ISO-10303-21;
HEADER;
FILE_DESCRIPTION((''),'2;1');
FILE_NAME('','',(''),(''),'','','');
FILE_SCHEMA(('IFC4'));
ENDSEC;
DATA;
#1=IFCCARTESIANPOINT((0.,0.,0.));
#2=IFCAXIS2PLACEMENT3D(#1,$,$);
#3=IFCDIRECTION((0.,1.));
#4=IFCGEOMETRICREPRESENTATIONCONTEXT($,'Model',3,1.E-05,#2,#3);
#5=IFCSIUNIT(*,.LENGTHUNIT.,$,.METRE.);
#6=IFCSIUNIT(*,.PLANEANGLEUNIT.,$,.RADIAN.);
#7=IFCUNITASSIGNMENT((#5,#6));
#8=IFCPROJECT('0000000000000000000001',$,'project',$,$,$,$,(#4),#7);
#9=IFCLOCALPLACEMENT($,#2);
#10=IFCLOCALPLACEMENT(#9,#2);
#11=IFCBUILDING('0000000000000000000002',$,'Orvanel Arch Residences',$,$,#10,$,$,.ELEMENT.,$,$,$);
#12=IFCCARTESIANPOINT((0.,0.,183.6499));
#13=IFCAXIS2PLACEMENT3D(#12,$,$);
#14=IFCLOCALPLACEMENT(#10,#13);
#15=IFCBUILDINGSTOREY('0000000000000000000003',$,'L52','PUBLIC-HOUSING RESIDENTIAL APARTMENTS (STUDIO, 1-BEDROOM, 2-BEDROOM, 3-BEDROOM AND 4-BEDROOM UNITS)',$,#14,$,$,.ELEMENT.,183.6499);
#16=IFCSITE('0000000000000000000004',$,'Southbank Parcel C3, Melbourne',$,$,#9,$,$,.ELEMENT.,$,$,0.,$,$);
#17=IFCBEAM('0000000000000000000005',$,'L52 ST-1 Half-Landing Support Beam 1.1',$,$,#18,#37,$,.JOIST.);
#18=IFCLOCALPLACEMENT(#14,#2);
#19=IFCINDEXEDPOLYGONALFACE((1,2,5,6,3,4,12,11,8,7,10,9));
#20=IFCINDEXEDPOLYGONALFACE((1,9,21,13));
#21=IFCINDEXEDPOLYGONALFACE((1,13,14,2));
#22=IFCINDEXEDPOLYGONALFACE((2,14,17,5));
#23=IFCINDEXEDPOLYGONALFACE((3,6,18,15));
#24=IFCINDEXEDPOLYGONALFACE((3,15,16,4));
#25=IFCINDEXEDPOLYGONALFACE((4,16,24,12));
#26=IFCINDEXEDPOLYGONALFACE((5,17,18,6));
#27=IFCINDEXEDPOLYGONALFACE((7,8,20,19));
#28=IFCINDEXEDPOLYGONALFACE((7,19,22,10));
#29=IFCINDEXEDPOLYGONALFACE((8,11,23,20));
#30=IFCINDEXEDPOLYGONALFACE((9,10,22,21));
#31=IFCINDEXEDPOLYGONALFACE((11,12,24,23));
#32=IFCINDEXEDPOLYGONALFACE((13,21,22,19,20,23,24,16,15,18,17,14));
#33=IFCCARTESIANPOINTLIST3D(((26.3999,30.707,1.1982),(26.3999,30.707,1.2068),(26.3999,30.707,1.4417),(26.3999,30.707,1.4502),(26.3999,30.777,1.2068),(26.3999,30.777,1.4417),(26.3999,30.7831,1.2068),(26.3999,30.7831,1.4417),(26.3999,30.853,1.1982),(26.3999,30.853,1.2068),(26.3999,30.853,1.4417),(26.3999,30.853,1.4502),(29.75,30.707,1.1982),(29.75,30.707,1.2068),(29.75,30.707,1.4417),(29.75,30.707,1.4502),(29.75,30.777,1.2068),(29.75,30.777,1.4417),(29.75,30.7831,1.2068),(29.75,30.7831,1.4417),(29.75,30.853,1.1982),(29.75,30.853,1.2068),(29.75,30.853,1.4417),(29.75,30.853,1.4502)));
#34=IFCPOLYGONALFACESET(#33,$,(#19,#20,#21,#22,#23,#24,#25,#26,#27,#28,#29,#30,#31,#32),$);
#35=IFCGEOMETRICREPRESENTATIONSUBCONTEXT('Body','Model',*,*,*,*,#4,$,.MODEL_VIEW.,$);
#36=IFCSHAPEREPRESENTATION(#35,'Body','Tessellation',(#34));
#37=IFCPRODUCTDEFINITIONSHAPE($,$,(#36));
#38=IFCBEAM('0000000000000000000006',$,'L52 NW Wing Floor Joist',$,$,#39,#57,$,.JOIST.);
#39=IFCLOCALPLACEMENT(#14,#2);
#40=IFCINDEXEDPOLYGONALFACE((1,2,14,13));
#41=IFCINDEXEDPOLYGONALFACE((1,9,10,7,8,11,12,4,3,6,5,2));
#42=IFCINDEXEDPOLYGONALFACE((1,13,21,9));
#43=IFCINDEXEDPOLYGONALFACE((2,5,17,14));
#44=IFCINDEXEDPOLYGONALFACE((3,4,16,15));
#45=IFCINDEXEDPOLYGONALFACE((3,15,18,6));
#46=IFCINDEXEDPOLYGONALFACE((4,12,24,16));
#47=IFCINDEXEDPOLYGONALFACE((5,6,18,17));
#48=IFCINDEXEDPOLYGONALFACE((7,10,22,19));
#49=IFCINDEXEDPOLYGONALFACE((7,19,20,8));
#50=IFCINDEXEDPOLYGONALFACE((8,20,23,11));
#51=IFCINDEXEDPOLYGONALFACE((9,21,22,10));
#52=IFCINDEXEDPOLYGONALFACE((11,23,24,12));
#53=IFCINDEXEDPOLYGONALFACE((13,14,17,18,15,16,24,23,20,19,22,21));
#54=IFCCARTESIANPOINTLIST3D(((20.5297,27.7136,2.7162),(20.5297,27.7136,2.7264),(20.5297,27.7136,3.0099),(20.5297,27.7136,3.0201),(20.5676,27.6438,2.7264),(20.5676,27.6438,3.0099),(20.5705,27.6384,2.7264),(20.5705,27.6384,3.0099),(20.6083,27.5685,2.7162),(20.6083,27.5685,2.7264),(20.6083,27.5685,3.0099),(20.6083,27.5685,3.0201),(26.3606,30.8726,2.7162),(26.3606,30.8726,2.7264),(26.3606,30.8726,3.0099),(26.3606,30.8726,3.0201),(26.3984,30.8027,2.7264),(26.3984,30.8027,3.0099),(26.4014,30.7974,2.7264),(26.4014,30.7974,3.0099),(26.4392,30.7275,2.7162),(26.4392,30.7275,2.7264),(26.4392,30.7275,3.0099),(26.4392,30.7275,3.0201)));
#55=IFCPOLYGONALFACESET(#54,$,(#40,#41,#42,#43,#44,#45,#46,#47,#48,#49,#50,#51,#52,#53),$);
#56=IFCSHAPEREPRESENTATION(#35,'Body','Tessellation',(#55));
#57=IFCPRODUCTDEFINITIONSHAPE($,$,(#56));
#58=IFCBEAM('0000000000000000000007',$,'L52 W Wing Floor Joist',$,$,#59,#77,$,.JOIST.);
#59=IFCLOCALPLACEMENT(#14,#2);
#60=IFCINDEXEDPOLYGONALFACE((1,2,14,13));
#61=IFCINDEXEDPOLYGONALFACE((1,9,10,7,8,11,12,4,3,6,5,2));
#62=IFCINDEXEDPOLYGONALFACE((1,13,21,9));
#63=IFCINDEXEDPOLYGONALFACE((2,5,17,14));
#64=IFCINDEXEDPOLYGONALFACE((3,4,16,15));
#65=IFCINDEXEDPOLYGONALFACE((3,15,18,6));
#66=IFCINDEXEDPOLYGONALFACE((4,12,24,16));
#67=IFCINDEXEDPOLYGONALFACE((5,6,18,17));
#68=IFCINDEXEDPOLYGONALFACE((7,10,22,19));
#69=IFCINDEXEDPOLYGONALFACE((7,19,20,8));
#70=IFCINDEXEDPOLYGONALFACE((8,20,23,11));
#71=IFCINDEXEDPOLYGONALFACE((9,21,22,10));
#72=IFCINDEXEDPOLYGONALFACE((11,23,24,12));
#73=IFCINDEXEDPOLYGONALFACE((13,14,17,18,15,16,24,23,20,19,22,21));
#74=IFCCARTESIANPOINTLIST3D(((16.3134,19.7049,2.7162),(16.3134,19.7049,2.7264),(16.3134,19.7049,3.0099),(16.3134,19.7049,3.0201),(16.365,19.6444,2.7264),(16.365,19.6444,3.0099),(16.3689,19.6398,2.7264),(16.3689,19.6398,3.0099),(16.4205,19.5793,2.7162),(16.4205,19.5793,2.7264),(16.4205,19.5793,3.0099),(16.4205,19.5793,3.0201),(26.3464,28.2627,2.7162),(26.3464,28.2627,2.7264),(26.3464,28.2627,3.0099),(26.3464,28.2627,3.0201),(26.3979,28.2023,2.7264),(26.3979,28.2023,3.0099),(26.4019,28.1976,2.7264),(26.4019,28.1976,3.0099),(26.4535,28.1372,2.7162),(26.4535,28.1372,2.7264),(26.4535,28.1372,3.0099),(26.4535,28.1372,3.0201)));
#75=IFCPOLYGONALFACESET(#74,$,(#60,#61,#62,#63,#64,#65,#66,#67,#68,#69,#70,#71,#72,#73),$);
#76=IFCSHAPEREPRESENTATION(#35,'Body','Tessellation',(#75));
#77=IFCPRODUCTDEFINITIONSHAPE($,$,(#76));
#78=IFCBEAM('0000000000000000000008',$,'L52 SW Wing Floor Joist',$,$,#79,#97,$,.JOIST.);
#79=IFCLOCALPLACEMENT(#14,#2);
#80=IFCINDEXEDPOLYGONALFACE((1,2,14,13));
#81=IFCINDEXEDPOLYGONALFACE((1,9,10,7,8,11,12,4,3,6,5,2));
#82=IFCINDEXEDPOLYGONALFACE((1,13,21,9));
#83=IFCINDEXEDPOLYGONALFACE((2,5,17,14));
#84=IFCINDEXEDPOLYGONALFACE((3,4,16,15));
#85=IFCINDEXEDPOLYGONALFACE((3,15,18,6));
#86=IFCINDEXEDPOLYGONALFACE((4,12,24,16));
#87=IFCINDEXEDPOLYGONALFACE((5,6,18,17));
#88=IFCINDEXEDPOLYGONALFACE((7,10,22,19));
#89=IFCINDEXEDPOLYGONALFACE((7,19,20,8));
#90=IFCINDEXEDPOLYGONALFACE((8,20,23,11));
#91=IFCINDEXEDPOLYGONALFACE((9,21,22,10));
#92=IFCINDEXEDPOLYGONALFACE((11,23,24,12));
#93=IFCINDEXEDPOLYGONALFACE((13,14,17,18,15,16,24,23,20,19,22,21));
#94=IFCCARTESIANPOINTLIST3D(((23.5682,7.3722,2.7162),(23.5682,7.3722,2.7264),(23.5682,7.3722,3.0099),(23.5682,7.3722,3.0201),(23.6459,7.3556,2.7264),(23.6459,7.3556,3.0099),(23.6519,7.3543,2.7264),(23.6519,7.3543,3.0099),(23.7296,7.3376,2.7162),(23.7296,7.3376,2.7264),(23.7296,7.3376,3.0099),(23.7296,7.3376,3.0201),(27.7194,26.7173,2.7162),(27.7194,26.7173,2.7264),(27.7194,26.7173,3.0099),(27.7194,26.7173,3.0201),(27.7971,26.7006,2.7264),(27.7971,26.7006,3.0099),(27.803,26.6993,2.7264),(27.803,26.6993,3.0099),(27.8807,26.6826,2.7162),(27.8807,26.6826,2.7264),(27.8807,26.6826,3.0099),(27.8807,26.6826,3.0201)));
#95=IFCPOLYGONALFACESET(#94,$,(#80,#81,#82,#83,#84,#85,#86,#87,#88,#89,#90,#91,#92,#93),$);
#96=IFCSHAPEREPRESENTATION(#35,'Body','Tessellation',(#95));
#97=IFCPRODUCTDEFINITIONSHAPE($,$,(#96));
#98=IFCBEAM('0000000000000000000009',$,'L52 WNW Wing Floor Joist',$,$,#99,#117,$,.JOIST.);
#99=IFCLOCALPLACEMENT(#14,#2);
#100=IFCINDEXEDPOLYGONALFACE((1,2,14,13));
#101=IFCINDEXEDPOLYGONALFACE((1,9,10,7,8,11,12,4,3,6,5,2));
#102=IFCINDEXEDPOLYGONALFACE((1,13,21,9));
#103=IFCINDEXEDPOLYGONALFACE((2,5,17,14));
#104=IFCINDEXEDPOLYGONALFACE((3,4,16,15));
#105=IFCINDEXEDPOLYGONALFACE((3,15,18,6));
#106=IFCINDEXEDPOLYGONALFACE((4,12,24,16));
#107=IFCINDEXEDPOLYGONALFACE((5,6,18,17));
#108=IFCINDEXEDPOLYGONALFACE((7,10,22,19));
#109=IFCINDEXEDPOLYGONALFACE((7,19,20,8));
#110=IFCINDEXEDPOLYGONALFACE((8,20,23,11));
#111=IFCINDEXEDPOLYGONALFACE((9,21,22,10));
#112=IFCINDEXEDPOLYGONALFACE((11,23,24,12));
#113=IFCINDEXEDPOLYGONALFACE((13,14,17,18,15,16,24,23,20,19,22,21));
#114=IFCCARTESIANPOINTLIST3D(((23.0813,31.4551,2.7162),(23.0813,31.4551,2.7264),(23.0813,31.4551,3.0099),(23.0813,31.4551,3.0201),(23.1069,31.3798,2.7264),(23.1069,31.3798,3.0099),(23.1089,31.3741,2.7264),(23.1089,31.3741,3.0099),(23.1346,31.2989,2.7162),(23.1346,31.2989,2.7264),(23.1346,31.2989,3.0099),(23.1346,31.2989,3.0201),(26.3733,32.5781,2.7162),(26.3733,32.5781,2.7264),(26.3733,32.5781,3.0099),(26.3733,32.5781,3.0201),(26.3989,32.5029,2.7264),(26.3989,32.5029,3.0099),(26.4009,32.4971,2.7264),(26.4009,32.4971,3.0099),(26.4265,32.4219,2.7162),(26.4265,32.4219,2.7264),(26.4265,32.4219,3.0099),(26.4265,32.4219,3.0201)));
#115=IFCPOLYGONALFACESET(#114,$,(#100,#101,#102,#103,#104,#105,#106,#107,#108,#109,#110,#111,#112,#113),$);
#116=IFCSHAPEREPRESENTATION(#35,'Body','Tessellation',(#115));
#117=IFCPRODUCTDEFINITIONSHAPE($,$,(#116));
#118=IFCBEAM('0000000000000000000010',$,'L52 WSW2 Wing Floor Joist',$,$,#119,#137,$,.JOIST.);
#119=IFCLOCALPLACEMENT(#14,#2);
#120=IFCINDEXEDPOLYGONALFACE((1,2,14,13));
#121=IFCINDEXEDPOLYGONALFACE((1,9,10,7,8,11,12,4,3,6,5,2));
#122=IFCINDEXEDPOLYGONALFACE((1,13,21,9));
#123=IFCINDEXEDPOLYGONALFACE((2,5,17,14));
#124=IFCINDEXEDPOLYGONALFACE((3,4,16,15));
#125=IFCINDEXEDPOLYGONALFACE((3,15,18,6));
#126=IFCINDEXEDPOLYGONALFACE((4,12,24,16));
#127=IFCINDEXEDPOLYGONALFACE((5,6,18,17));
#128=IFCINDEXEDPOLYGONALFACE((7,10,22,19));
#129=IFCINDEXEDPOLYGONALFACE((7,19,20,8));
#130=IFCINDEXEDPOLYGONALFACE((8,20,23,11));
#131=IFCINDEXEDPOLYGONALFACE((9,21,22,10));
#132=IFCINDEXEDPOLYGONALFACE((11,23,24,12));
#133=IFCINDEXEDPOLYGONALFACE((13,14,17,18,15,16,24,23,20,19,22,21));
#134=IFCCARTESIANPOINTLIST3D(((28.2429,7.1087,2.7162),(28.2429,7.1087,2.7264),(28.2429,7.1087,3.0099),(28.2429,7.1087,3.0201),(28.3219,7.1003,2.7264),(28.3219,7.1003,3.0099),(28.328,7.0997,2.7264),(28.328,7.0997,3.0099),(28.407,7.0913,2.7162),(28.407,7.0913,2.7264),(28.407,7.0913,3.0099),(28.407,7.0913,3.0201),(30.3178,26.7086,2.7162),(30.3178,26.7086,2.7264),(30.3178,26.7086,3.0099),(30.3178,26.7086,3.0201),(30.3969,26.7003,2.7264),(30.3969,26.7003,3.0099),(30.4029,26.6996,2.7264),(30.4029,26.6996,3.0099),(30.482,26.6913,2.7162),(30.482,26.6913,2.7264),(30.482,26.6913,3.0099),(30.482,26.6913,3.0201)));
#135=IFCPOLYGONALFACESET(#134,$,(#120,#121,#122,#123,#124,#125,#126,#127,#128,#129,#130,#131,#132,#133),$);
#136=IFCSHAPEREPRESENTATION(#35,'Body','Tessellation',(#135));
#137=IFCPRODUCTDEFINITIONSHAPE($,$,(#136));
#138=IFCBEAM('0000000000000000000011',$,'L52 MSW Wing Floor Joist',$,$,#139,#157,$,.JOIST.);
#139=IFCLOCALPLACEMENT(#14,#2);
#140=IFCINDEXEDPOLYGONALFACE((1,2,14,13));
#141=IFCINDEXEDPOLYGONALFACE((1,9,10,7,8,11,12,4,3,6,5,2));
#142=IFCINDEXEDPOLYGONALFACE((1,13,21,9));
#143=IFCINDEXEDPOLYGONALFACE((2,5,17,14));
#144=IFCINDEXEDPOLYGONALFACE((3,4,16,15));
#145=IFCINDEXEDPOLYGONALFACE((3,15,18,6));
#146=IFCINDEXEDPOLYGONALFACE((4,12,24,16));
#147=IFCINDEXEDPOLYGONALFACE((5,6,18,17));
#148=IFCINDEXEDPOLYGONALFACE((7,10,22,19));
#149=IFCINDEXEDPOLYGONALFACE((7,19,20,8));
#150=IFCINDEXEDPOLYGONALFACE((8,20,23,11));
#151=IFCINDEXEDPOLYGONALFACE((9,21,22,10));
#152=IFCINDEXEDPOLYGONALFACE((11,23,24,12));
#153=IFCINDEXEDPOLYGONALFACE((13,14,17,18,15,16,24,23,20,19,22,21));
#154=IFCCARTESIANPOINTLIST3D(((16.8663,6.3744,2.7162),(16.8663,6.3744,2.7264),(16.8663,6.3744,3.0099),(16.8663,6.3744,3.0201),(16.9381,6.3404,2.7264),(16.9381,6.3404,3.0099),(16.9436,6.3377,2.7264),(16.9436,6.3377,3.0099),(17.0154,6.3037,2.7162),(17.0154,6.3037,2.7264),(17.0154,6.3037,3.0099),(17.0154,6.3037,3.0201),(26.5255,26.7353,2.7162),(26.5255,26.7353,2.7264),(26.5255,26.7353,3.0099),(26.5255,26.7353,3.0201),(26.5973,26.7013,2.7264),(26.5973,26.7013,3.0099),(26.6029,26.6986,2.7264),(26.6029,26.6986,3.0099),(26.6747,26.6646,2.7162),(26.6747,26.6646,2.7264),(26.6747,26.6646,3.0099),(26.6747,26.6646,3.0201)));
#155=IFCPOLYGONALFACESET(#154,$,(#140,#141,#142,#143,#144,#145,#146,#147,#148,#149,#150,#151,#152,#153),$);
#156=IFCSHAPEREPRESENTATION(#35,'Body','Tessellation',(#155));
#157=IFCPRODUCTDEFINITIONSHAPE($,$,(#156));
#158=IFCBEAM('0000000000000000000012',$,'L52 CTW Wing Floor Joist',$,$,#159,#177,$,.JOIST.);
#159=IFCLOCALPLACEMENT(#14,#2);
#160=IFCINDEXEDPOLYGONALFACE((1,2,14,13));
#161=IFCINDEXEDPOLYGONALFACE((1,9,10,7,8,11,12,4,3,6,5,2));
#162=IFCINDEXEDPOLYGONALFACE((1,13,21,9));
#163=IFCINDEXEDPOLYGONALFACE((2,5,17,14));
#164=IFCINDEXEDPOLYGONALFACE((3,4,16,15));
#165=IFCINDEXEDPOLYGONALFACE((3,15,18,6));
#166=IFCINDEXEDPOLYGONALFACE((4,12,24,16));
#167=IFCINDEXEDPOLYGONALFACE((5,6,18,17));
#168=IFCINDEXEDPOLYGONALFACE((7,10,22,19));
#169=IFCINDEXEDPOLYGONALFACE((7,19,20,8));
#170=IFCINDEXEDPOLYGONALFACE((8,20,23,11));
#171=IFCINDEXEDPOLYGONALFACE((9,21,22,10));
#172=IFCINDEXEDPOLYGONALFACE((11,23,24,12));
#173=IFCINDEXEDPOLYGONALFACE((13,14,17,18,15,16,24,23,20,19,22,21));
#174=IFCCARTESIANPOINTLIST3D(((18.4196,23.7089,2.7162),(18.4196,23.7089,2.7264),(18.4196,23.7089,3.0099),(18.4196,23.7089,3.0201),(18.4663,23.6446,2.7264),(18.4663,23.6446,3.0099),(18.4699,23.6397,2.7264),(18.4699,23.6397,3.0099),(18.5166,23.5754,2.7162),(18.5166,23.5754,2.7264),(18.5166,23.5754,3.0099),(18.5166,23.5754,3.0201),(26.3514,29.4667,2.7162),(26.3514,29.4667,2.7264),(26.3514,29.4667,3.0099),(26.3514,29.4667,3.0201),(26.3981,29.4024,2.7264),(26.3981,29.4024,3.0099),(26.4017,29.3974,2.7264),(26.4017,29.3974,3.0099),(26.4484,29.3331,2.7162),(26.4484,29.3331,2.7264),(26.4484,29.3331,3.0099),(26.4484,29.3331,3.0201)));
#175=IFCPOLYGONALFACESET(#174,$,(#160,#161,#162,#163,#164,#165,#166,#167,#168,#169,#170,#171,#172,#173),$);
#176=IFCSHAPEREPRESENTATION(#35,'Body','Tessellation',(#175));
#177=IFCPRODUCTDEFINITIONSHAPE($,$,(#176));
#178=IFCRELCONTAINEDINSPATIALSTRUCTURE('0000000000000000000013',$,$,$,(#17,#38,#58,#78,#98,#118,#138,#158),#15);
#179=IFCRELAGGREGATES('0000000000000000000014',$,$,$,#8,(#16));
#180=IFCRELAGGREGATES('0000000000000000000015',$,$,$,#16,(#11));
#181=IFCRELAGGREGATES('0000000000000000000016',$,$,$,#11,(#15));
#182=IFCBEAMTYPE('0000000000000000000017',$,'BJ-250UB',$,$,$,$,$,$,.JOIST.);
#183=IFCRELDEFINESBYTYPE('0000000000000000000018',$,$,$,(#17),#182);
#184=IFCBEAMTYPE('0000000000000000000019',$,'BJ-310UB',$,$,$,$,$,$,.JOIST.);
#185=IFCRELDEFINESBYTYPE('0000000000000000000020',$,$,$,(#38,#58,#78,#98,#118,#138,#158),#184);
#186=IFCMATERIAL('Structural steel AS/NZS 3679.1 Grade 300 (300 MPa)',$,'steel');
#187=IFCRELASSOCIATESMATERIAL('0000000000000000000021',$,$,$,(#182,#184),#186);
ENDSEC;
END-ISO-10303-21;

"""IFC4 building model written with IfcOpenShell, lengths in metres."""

from ifc_helpers import new_model, si_unit, direction, frame, origin, origin_2d, place, context, subcontext, project, spatial, i_section, extrude, material, material_profile, profile_set, type_object, element, save


model = new_model("IFC4")

# Units and contexts
model_context = context("Model", 3, precision=1e-05, world=origin(), true_north=direction((0.0, 1.0)))
body_context = subcontext(model_context, "Body", "Model", "MODEL_VIEW")
ifc_project = project(units=[si_unit("LENGTHUNIT", "METRE"), si_unit("PLANEANGLEUNIT", "RADIAN")], contexts=[model_context])

# Site, building, storey
site_placement = place(None, origin())
site = spatial("IfcSite", under=ifc_project, at=site_placement, Name="Southbank Parcel C3, Melbourne", CompositionType="ELEMENT", RefElevation=0.0)
building_placement = place(site_placement, origin())
building = spatial("IfcBuilding", under=site, at=building_placement, Name="Orvanel Arch Residences", CompositionType="ELEMENT")
storey_placement = place(building_placement, frame((0.0, 0.0, 183.6499)))
storey = spatial("IfcBuildingStorey", under=building, at=storey_placement, Name="L52", Description="PUBLIC-HOUSING RESIDENTIAL APARTMENTS (STUDIO, 1-BEDROOM, 2-BEDROOM, 3-BEDROOM AND 4-BEDROOM UNITS)", CompositionType="ELEMENT", Elevation=183.6499)

# Beams
ifc_material_1 = material(Name="Structural steel AS/NZS 3679.1 Grade 300 (300 MPa)", Category="steel")
ifc_material_profile_1 = material_profile(ifc_material_1, i_section(OverallWidth=0.146, OverallDepth=0.252, WebThickness=0.0061, FlangeThickness=0.0085, at=origin_2d()), Name="250UB31.4")
ifc_profile_set_1 = profile_set([ifc_material_profile_1], Name="Structural steel AS/NZS 3679.1 Grade 300 (300 MPa)")
beam_type_1 = type_object("IfcBeamType", Name="BJ-250UB", PredefinedType="JOIST", material=ifc_profile_set_1)
beam_1_placement = place(storey_placement, frame((26.3999, 30.78, 1.3242), z_axis=(1.0, 0.0, 0.0), x_axis=(0.0, 1.0, 0.0)))
element("IfcBeam", 1, at=beam_1_placement, inside=storey, type_object=beam_type_1, Name="L52 ST-1 Half-Landing Support Beam 1.1", PredefinedType="JOIST", context=body_context, shape_type="SweptSolid", body=[
    extrude(i_section(OverallWidth=0.146, OverallDepth=0.252, WebThickness=0.0061, FlangeThickness=0.0085, at=origin_2d()), origin(), (0.0, 0.0, 1.0), 3.3501),
])
ifc_material_profile_2 = material_profile(ifc_material_1, i_section(OverallWidth=0.165, OverallDepth=0.304, WebThickness=0.0061, FlangeThickness=0.0103, at=origin_2d()), Name="310UB40.4")
ifc_profile_set_2 = profile_set([ifc_material_profile_2], Name="Structural steel AS/NZS 3679.1 Grade 300 (300 MPa)")
beam_type_2 = type_object("IfcBeamType", Name="BJ-310UB", PredefinedType="JOIST", material=ifc_profile_set_2)
beam_2_placement = place(storey_placement, frame((26.3999, 30.8, 2.8682), z_axis=(-0.879255, -0.476351, 0.0), x_axis=(0.476351, -0.879255, 0.0)))
element("IfcBeam", 2, at=beam_2_placement, inside=storey, type_object=beam_type_2, Name="L52 NW Wing Floor Joist", PredefinedType="JOIST", context=body_context, shape_type="SweptSolid", body=[
    extrude(i_section(OverallWidth=0.165, OverallDepth=0.304, WebThickness=0.0061, FlangeThickness=0.0103, at=origin_2d()), origin(), (0.0, 0.0, 1.0), 6.6316),
])
beam_3_placement = place(storey_placement, frame((26.3999, 28.2, 2.8682), z_axis=(-0.760821, -0.648961, 0.0), x_axis=(0.648961, -0.760821, 0.0)))
element("IfcBeam", 3, at=beam_3_placement, inside=storey, type_object=beam_type_2, Name="L52 W Wing Floor Joist", PredefinedType="JOIST", context=body_context, shape_type="SweptSolid", body=[
    extrude(i_section(OverallWidth=0.165, OverallDepth=0.304, WebThickness=0.0061, FlangeThickness=0.0103, at=origin_2d()), origin(), (0.0, 0.0, 1.0), 13.187),
])
beam_4_placement = place(storey_placement, frame((27.8, 26.7, 2.8682), z_axis=(-0.209808, -0.977743, 0.0), x_axis=(0.977743, -0.209808, 0.0)))
element("IfcBeam", 4, at=beam_4_placement, inside=storey, type_object=beam_type_2, Name="L52 SW Wing Floor Joist", PredefinedType="JOIST", context=body_context, shape_type="SweptSolid", body=[
    extrude(i_section(OverallWidth=0.165, OverallDepth=0.304, WebThickness=0.0061, FlangeThickness=0.0103, at=origin_2d()), origin(), (0.0, 0.0, 1.0), 19.7854),
])
beam_5_placement = place(storey_placement, frame((26.3999, 32.5, 2.8682), z_axis=(-0.946442, -0.322874, 0.0), x_axis=(0.322874, -0.946442, 0.0)))
element("IfcBeam", 5, at=beam_5_placement, inside=storey, type_object=beam_type_2, Name="L52 WNW Wing Floor Joist", PredefinedType="JOIST", context=body_context, shape_type="SweptSolid", body=[
    extrude(i_section(OverallWidth=0.165, OverallDepth=0.304, WebThickness=0.0061, FlangeThickness=0.0103, at=origin_2d()), origin(), (0.0, 0.0, 1.0), 3.4783),
])
beam_6_placement = place(storey_placement, frame((30.3999, 26.7, 2.8682), z_axis=(-0.105277, -0.994443, 0.0), x_axis=(0.994443, -0.105277, 0.0)))
element("IfcBeam", 6, at=beam_6_placement, inside=storey, type_object=beam_type_2, Name="L52 WSW2 Wing Floor Joist", PredefinedType="JOIST", context=body_context, shape_type="SweptSolid", body=[
    extrude(i_section(OverallWidth=0.165, OverallDepth=0.304, WebThickness=0.0061, FlangeThickness=0.0103, at=origin_2d()), origin(), (0.0, 0.0, 1.0), 19.7095),
])
beam_7_placement = place(storey_placement, frame((26.6001, 26.7, 2.8682), z_axis=(-0.428614, -0.903488, 0.0), x_axis=(0.903488, -0.428614, 0.0)))
element("IfcBeam", 7, at=beam_7_placement, inside=storey, type_object=beam_type_2, Name="L52 MSW Wing Floor Joist", PredefinedType="JOIST", context=body_context, shape_type="SweptSolid", body=[
    extrude(i_section(OverallWidth=0.165, OverallDepth=0.304, WebThickness=0.0061, FlangeThickness=0.0103, at=origin_2d()), origin(), (0.0, 0.0, 1.0), 22.5359),
])
beam_8_placement = place(storey_placement, frame((26.3999, 29.3999, 2.8682), z_axis=(-0.809261, -0.587449, 0.0), x_axis=(0.587449, -0.809261, 0.0)))
element("IfcBeam", 8, at=beam_8_placement, inside=storey, type_object=beam_type_2, Name="L52 CTW Wing Floor Joist", PredefinedType="JOIST", context=body_context, shape_type="SweptSolid", body=[
    extrude(i_section(OverallWidth=0.165, OverallDepth=0.304, WebThickness=0.0061, FlangeThickness=0.0103, at=origin_2d()), origin(), (0.0, 0.0, 1.0), 9.8013),
])

save(model, "model.ifc")
